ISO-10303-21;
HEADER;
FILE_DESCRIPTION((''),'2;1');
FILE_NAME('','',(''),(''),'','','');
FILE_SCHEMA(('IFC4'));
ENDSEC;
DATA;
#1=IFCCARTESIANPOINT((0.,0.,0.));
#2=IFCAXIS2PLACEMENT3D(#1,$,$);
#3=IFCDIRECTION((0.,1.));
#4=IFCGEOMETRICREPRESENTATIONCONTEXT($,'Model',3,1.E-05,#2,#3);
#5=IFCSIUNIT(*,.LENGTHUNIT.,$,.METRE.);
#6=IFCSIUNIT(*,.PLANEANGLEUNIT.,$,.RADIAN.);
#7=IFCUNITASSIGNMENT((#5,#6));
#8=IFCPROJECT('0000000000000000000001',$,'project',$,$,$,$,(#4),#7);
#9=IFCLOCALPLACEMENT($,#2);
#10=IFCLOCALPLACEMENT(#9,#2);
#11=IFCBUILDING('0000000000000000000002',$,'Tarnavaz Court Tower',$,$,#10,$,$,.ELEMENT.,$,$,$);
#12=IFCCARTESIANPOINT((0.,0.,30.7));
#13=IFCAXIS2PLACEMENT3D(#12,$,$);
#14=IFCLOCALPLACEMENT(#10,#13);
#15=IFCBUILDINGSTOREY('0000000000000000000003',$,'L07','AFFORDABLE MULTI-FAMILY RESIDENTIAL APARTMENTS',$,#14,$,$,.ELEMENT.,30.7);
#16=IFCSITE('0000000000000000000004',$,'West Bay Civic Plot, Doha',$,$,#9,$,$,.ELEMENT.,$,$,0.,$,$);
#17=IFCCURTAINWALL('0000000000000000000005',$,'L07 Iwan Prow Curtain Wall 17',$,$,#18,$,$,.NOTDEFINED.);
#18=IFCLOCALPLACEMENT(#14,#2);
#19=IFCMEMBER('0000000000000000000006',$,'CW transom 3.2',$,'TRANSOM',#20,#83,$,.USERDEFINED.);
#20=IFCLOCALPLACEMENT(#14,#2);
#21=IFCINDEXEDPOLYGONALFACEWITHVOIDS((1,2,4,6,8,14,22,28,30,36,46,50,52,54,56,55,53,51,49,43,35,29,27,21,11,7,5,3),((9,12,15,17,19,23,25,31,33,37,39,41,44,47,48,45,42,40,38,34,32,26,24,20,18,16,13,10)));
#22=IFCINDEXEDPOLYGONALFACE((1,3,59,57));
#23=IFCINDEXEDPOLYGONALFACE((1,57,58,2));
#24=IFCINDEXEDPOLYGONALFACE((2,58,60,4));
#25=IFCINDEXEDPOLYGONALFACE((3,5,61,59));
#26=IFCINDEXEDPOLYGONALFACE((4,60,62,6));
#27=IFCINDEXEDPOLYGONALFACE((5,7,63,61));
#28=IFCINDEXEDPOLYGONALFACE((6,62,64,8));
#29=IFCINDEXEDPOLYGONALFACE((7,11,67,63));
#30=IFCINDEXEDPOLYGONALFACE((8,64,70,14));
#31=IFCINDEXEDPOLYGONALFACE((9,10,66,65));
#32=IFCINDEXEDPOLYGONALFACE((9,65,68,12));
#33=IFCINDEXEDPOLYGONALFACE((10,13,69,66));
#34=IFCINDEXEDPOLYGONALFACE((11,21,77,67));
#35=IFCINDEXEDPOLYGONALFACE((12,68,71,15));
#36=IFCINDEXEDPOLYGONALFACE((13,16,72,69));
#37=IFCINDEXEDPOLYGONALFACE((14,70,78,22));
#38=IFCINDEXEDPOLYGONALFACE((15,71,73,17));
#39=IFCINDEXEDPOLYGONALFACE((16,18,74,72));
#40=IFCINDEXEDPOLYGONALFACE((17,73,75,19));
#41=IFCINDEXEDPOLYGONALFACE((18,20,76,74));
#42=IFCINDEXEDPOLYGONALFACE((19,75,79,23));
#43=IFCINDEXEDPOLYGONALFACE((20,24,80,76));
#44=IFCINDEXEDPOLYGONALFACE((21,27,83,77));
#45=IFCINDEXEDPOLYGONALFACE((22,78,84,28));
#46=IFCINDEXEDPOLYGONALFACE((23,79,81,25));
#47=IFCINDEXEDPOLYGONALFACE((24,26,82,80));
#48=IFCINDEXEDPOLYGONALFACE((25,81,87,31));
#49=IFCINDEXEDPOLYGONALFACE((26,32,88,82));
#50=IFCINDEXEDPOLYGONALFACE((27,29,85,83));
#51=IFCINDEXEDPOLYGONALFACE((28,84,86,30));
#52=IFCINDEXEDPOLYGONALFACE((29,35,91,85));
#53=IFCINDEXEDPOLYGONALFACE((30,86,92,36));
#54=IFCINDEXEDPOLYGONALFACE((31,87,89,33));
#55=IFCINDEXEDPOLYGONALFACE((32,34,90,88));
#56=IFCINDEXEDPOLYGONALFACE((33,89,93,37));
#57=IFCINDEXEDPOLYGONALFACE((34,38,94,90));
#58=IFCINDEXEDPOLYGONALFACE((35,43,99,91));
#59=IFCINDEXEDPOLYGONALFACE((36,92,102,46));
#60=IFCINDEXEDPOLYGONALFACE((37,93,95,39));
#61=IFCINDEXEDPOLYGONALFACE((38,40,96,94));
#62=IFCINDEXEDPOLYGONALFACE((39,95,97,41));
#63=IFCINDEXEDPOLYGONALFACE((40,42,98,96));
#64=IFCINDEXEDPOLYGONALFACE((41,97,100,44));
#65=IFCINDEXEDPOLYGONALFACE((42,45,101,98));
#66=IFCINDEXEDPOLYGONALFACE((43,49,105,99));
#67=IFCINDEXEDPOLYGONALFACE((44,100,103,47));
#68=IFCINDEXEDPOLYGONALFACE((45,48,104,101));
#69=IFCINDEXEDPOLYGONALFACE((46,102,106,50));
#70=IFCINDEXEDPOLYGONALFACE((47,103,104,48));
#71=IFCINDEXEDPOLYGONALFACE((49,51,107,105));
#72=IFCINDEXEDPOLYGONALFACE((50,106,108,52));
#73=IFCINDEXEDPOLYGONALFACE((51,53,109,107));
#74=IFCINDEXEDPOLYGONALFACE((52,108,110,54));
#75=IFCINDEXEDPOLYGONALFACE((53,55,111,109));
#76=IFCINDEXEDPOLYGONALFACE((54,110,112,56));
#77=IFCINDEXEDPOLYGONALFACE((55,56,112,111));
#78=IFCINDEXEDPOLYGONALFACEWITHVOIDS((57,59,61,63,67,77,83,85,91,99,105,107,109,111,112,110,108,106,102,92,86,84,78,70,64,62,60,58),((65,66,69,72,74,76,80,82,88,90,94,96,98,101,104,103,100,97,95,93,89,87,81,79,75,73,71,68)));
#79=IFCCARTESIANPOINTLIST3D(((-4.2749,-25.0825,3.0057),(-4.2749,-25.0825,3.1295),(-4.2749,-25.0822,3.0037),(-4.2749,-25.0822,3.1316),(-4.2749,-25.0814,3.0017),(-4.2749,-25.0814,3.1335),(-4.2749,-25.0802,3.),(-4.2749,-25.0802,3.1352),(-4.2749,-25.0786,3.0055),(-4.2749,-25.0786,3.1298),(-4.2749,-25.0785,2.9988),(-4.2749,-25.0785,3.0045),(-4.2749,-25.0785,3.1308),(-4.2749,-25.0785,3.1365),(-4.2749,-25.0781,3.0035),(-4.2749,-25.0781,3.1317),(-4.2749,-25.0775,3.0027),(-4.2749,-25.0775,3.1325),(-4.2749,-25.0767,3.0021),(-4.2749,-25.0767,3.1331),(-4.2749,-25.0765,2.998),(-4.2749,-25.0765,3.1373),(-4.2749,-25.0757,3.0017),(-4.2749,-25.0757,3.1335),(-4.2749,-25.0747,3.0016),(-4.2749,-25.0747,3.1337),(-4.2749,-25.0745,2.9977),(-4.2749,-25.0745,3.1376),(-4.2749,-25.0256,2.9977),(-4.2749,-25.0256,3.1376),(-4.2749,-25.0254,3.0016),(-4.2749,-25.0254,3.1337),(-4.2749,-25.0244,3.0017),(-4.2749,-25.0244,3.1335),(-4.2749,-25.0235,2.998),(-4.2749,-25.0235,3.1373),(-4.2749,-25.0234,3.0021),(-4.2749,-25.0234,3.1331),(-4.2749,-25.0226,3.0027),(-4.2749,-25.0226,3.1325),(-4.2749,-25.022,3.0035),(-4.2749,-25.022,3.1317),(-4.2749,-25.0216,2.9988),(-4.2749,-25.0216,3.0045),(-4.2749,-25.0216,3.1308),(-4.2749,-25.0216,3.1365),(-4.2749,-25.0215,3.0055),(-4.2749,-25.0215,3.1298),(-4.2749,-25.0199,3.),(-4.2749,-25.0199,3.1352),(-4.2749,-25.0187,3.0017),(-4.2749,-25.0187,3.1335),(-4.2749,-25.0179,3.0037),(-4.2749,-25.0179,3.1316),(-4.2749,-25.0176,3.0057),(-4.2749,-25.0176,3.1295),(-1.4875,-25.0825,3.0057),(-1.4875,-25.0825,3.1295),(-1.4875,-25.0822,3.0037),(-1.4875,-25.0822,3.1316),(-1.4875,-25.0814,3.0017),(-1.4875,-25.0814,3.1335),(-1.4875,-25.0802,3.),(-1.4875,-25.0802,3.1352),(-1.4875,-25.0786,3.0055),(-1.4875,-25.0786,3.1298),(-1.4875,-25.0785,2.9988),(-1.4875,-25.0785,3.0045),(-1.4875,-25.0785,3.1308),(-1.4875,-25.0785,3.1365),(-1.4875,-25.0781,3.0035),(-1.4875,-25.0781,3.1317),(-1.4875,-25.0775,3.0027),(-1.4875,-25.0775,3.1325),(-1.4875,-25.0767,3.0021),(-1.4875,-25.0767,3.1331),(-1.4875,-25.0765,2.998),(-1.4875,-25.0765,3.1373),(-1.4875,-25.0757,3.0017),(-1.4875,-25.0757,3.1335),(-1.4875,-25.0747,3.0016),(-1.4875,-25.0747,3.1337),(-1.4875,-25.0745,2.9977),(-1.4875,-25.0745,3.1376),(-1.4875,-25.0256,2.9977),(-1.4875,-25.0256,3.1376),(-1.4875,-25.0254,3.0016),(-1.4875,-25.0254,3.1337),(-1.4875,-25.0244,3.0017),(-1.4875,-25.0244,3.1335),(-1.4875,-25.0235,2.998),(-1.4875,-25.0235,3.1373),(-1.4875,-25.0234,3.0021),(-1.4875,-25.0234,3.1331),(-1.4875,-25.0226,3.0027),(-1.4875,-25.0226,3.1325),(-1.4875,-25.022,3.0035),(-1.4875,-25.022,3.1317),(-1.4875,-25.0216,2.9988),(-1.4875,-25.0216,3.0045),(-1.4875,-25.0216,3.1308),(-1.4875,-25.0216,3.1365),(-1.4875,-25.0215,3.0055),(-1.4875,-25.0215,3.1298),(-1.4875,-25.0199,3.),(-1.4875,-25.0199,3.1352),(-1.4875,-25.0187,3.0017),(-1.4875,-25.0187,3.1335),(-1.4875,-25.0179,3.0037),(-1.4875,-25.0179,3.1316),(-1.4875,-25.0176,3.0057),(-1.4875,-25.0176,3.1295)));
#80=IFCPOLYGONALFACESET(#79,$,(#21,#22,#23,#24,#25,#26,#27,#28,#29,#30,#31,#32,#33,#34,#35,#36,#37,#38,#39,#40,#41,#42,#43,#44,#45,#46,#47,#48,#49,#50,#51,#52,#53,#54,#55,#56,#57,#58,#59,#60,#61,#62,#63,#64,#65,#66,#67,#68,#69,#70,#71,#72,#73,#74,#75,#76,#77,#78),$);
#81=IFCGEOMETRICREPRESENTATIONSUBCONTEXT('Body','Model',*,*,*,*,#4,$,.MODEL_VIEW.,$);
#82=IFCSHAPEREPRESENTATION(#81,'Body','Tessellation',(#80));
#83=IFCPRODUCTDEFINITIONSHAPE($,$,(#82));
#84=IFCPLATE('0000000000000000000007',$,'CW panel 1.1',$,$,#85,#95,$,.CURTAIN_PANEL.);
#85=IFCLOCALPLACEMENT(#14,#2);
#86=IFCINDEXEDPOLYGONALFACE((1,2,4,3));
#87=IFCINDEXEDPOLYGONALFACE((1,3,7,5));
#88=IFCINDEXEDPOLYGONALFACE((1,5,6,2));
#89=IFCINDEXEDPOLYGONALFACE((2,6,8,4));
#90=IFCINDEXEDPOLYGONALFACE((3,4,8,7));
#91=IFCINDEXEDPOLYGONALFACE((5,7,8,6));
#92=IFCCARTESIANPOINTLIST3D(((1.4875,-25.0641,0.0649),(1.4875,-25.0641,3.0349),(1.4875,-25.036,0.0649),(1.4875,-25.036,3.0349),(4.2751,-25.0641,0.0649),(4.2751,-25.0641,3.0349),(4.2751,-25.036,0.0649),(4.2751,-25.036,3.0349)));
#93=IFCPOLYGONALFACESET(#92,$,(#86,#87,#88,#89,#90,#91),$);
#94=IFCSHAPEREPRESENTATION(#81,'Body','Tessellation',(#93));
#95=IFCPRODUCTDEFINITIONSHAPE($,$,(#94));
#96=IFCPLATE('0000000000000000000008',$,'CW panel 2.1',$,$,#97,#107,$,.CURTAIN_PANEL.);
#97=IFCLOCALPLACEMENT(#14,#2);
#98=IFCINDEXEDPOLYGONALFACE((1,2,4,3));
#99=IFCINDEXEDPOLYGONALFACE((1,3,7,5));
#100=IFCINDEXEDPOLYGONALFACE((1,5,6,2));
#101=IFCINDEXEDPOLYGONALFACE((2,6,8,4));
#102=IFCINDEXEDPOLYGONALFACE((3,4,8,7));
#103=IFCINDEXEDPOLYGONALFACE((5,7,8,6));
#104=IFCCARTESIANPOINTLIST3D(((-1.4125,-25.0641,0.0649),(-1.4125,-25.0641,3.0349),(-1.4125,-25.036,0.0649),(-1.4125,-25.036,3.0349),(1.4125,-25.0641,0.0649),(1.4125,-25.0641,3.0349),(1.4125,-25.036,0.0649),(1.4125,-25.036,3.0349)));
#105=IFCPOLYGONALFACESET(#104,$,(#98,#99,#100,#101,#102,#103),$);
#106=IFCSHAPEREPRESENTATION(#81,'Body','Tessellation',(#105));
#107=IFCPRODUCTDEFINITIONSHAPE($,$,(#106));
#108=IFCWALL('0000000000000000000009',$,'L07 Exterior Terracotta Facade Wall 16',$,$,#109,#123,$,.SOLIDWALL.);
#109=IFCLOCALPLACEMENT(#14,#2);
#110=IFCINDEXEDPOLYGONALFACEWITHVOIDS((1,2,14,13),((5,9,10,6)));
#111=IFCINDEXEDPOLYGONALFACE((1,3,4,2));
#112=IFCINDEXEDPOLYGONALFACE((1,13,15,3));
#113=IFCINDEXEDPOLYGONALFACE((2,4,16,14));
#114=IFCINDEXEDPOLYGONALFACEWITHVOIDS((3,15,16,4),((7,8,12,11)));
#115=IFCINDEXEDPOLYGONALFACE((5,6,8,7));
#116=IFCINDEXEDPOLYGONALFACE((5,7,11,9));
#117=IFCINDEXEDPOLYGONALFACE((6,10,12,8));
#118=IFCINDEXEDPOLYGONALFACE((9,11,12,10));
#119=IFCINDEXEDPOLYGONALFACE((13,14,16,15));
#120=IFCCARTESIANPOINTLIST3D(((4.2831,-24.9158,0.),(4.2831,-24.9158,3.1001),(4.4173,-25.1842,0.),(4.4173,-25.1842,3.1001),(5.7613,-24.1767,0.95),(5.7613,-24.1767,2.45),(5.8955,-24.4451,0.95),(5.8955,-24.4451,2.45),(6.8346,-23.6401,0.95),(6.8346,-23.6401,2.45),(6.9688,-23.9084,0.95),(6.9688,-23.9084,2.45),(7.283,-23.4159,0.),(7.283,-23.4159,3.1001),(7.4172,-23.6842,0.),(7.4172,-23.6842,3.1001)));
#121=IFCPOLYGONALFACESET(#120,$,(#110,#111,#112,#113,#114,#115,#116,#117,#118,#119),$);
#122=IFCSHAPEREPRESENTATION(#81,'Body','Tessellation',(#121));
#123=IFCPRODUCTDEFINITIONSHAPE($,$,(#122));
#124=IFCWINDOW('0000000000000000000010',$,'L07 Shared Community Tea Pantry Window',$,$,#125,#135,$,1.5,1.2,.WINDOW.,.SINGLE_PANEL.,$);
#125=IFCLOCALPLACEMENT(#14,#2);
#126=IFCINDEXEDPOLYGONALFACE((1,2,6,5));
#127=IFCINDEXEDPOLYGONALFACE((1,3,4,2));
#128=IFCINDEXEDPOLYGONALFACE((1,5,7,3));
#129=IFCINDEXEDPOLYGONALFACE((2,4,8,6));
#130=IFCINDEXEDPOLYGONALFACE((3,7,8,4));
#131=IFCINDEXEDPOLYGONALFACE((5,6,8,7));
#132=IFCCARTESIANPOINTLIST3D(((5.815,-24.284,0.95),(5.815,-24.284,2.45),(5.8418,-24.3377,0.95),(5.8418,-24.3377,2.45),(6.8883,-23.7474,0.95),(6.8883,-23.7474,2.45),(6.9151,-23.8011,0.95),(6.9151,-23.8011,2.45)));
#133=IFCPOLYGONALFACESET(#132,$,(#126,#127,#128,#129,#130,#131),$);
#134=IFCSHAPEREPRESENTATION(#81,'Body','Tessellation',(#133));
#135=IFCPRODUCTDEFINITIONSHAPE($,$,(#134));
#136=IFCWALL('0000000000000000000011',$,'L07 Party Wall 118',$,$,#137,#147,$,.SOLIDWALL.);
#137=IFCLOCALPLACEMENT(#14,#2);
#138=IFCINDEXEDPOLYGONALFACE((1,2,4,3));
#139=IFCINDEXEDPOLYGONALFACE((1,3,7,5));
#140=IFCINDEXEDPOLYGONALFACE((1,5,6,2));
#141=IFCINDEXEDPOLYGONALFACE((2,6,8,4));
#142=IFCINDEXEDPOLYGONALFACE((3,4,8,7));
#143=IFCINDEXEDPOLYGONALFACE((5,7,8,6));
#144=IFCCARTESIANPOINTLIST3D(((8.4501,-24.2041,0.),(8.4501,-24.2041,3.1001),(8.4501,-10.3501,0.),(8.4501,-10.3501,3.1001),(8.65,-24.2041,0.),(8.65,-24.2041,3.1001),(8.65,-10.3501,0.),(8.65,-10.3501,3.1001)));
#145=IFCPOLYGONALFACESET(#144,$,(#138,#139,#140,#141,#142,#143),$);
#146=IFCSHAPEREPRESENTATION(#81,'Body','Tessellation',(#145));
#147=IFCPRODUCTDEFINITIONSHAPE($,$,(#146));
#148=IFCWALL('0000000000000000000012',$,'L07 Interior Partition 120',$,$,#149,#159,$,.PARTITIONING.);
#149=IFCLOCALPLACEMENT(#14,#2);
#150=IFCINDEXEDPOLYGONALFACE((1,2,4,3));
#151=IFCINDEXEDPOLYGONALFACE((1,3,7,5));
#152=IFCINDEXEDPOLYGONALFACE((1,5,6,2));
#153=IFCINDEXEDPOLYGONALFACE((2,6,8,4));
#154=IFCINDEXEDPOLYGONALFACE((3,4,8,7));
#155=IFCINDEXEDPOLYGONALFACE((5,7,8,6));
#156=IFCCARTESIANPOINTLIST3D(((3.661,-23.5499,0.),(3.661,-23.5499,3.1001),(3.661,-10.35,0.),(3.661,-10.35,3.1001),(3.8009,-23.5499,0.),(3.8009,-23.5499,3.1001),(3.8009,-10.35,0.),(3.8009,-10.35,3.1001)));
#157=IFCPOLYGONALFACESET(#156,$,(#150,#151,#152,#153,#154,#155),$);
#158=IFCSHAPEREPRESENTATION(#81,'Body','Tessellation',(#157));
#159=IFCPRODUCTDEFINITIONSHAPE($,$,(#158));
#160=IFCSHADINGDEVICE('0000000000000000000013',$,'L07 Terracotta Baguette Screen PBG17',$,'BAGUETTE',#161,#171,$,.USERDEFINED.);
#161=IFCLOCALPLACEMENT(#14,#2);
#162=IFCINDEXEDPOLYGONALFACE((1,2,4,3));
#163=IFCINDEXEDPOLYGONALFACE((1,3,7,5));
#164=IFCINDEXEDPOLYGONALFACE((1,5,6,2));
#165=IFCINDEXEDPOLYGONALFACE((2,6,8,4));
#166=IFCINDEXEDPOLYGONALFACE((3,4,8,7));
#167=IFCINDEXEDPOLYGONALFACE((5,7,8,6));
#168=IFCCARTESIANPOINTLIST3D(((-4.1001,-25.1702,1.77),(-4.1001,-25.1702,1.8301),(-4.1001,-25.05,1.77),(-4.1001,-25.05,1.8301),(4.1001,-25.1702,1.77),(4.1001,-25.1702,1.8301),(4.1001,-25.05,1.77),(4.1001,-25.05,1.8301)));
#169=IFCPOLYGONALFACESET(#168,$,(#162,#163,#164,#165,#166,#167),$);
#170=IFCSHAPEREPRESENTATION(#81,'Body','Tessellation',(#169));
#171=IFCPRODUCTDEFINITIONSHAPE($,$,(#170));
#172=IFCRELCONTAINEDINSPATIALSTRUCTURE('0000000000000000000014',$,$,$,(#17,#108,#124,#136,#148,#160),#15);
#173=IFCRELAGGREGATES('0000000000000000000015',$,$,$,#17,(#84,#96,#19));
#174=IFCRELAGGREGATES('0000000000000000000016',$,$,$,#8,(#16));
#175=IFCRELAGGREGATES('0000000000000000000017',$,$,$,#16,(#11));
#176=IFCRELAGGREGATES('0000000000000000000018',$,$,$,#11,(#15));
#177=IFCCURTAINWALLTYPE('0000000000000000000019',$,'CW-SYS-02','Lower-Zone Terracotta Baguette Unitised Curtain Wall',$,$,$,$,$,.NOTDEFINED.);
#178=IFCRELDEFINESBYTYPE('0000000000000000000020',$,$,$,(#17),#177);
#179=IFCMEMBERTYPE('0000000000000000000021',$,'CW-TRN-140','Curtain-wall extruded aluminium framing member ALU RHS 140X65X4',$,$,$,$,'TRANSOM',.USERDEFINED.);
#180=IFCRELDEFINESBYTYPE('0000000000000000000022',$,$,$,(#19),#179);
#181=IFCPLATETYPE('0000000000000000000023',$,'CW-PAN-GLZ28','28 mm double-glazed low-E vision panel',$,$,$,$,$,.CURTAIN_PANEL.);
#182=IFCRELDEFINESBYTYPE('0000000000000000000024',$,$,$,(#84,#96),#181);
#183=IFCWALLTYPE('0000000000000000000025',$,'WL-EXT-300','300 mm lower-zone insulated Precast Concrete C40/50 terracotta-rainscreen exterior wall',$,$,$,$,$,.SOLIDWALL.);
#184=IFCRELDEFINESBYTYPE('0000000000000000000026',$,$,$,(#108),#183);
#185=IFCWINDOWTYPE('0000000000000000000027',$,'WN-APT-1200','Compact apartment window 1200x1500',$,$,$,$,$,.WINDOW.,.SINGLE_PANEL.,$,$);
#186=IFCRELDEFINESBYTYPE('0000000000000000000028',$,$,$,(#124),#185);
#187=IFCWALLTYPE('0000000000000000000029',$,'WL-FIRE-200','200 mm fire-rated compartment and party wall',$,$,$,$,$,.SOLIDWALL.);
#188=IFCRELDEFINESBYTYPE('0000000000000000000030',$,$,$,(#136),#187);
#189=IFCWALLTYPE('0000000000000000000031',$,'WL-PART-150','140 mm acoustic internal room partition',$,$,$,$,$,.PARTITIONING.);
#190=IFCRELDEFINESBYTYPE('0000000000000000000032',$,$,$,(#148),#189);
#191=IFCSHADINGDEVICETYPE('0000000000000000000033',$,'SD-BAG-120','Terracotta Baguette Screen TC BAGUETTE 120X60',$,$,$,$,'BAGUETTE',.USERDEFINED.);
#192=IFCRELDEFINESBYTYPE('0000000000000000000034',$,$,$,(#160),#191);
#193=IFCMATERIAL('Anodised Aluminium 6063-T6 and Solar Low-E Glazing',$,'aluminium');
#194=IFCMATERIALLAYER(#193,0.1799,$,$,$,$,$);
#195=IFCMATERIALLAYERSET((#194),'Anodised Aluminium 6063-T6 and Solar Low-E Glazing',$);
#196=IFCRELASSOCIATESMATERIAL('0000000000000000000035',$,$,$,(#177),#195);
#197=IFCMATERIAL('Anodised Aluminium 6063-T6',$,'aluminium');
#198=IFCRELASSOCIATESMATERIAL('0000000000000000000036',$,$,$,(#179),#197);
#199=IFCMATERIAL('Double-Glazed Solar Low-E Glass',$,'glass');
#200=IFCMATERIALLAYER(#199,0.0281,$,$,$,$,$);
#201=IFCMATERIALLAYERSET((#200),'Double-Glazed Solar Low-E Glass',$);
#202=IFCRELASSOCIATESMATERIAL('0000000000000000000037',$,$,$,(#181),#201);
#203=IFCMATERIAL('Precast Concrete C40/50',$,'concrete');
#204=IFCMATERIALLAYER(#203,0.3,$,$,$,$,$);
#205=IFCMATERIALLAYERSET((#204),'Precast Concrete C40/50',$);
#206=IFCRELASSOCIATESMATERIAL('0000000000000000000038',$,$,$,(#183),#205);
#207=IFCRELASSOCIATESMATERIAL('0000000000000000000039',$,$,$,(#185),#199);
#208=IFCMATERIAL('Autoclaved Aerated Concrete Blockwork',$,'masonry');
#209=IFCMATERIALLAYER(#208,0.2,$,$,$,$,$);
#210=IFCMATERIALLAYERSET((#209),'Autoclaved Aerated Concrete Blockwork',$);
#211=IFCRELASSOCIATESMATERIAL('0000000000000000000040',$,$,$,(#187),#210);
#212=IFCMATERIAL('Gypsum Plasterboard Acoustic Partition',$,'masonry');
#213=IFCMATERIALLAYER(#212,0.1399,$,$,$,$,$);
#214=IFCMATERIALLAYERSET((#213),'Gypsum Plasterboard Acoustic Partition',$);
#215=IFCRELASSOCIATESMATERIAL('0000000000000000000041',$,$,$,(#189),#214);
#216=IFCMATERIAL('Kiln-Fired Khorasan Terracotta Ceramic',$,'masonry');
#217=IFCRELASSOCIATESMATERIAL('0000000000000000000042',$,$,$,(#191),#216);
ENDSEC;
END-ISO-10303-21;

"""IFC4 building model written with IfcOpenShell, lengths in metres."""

from ifc_helpers import new_model, si_unit, direction, frame, frame_2d, origin, origin_2d, place, context, subcontext, project, spatial, rectangle, hollow_rectangle, extrude, material, layer, layer_set, material_profile, profile_set, type_object, element, fill, aggregate, save


model = new_model("IFC4")

# Units and contexts
model_context = context("Model", 3, precision=1e-05, world=origin(), true_north=direction((0.0, 1.0)))
body_context = subcontext(model_context, "Body", "Model", "MODEL_VIEW")
ifc_project = project(units=[si_unit("LENGTHUNIT", "METRE"), si_unit("PLANEANGLEUNIT", "RADIAN")], contexts=[model_context])

# Site, building, storey
site_placement = place(None, origin())
site = spatial("IfcSite", under=ifc_project, at=site_placement, Name="West Bay Civic Plot, Doha", CompositionType="ELEMENT", RefElevation=0.0)
building_placement = place(site_placement, origin())
building = spatial("IfcBuilding", under=site, at=building_placement, Name="Tarnavaz Court Tower", CompositionType="ELEMENT")
storey_placement = place(building_placement, frame((0.0, 0.0, 30.7)))
storey = spatial("IfcBuildingStorey", under=building, at=storey_placement, Name="L07", Description="AFFORDABLE MULTI-FAMILY RESIDENTIAL APARTMENTS", CompositionType="ELEMENT", Elevation=30.7)

# Curtain wall, member, plates
ifc_material_1 = material(Name="Anodised Aluminium 6063-T6 and Solar Low-E Glazing", Category="aluminium")
ifc_layer_1 = layer(ifc_material_1, 0.1799)
ifc_layer_set_1 = layer_set([ifc_layer_1], Name="Anodised Aluminium 6063-T6 and Solar Low-E Glazing")
curtain_wall_type = type_object("IfcCurtainWallType", Name="CW-SYS-02", Description="Lower-Zone Terracotta Baguette Unitised Curtain Wall", PredefinedType="NOTDEFINED", material=ifc_layer_set_1)
curtain_wall_placement = place(storey_placement, origin())
curtain_wall = element("IfcCurtainWall", 1, at=curtain_wall_placement, inside=storey, type_object=curtain_wall_type, Name="L07 Iwan Prow Curtain Wall 17", PredefinedType="NOTDEFINED")
ifc_material_2 = material(Name="Anodised Aluminium 6063-T6", Category="aluminium")
ifc_material_profile_1 = material_profile(ifc_material_2, hollow_rectangle(XDim=0.0649, YDim=0.1399, WallThickness=0.0039, InnerFilletRadius=0.0039, OuterFilletRadius=0.0081, at=origin_2d()), Name="ALU RHS 140X65X4")
ifc_profile_set_1 = profile_set([ifc_material_profile_1], Name="Anodised Aluminium 6063-T6")
member_type_1 = type_object("IfcMemberType", Name="CW-TRN-140", Description="Curtain-wall extruded aluminium framing member ALU RHS 140X65X4", ElementType="TRANSOM", PredefinedType="USERDEFINED", material=ifc_profile_set_1)
member_1_placement = place(storey_placement, frame((-1.4875, -25.05, 3.0676), z_axis=(-1.0, 0.0, 0.0), x_axis=(0.0, -1.0, 0.0)))
member_1 = element("IfcMember", 2, at=member_1_placement, type_object=member_type_1, Name="CW transom 3.2", ObjectType="TRANSOM", PredefinedType="USERDEFINED", context=body_context, shape_type="SweptSolid", body=[
    extrude(hollow_rectangle(XDim=0.0649, YDim=0.1399, WallThickness=0.0039, InnerFilletRadius=0.0039, OuterFilletRadius=0.0081, at=origin_2d()), origin(), (0.0, 0.0, 1.0), 2.7874),
])
ifc_material_3 = material(Name="Double-Glazed Solar Low-E Glass", Category="glass")
ifc_layer_2 = layer(ifc_material_3, 0.0281)
ifc_layer_set_2 = layer_set([ifc_layer_2], Name="Double-Glazed Solar Low-E Glass")
plate_type = type_object("IfcPlateType", Name="CW-PAN-GLZ28", Description="28 mm double-glazed low-E vision panel", PredefinedType="CURTAIN_PANEL", material=ifc_layer_set_2)
plate_1_placement = place(storey_placement, frame((2.8813, -25.05, 0.0649), z_axis=(0.0, 0.0, 1.0), x_axis=(-1.0, 0.0, 0.0)))
plate_1 = element("IfcPlate", 3, at=plate_1_placement, type_object=plate_type, Name="CW panel 1.1", PredefinedType="CURTAIN_PANEL", context=body_context, shape_type="SweptSolid", body=[
    extrude(rectangle(XDim=2.7876, YDim=0.0281, at=origin_2d()), origin(), (0.0, 0.0, 1.0), 2.97),
])
plate_2_placement = place(storey_placement, frame((0.0, -25.05, 0.0649), z_axis=(0.0, 0.0, 1.0), x_axis=(-1.0, 0.0, 0.0)))
plate_2 = element("IfcPlate", 4, at=plate_2_placement, type_object=plate_type, Name="CW panel 2.1", PredefinedType="CURTAIN_PANEL", context=body_context, shape_type="SweptSolid", body=[
    extrude(rectangle(XDim=2.825, YDim=0.0281, at=origin_2d()), origin(), (0.0, 0.0, 1.0), 2.97),
])
aggregate(curtain_wall, [plate_1, plate_2, member_1])

# Wall, opening, window
ifc_material_4 = material(Name="Precast Concrete C40/50", Category="concrete")
ifc_layer_3 = layer(ifc_material_4, 0.3)
ifc_layer_set_3 = layer_set([ifc_layer_3], Name="Precast Concrete C40/50")
wall_type_1 = type_object("IfcWallType", Name="WL-EXT-300", Description="300 mm lower-zone insulated Precast Concrete C40/50 terracotta-rainscreen exterior wall", PredefinedType="SOLIDWALL", material=ifc_layer_set_3)
wall_1_placement = place(storey_placement, frame((7.3501, -23.55, 0.0), z_axis=(0.0, 0.0, 1.0), x_axis=(-0.894427, -0.447214, 0.0)))
wall_1 = element("IfcWall", 5, at=wall_1_placement, inside=storey, type_object=wall_type_1, Name="L07 Exterior Terracotta Facade Wall 16", PredefinedType="SOLIDWALL", context=body_context, shape_type="SweptSolid", body=[
    extrude(rectangle(XDim=3.354, YDim=0.3, at=frame_2d((1.677, 0.0))), origin(), (0.0, 0.0, 1.0), 3.1001),
])
opening_placement = place(wall_1_placement, frame((0.5012, 0.0, 0.95)))
opening = element("IfcOpeningElement", 6, at=opening_placement, cuts=wall_1, PredefinedType="OPENING", context=body_context, shape_type="SweptSolid", body=[
    extrude(rectangle(XDim=1.2, YDim=1.5, at=frame_2d((0.6001, 0.75))), frame((0.0, 0.1599, 0.0), z_axis=(0.0, -1.0, 0.0), x_axis=(1.0, 0.0, 0.0)), (0.0, 0.0, 1.0), 0.3201),
])
window_type = type_object("IfcWindowType", Name="WN-APT-1200", Description="Compact apartment window 1200x1500", PartitioningType="SINGLE_PANEL", PredefinedType="WINDOW", material=ifc_material_3)
window_placement = place(opening_placement, origin())
window = element("IfcWindow", 7, at=window_placement, inside=storey, type_object=window_type, Name="L07 Shared Community Tea Pantry Window", OverallHeight=1.5, OverallWidth=1.2, PartitioningType="SINGLE_PANEL", PredefinedType="WINDOW", context=body_context, shape_type="SweptSolid", body=[
    extrude(rectangle(XDim=1.2, YDim=1.5, at=frame_2d((0.6001, 0.75))), frame((0.0, 0.03, 0.0), z_axis=(0.0, -1.0, 0.0), x_axis=(1.0, 0.0, 0.0)), (0.0, 0.0, 1.0), 0.0601),
])
fill(opening, window)

# Walls
ifc_material_5 = material(Name="Autoclaved Aerated Concrete Blockwork", Category="masonry")
ifc_layer_4 = layer(ifc_material_5, 0.2)
ifc_layer_set_4 = layer_set([ifc_layer_4], Name="Autoclaved Aerated Concrete Blockwork")
wall_type_2 = type_object("IfcWallType", Name="WL-FIRE-200", Description="200 mm fire-rated compartment and party wall", PredefinedType="SOLIDWALL", material=ifc_layer_set_4)
wall_2_placement = place(storey_placement, frame((8.55, -24.2041, 0.0), z_axis=(0.0, 0.0, 1.0), x_axis=(0.0, 1.0, 0.0)))
element("IfcWall", 8, at=wall_2_placement, inside=storey, type_object=wall_type_2, Name="L07 Party Wall 118", PredefinedType="SOLIDWALL", context=body_context, shape_type="SweptSolid", body=[
    extrude(rectangle(XDim=13.854, YDim=0.2, at=frame_2d((6.927, 0.0))), origin(), (0.0, 0.0, 1.0), 3.1001),
])
ifc_material_6 = material(Name="Gypsum Plasterboard Acoustic Partition", Category="masonry")
ifc_layer_5 = layer(ifc_material_6, 0.1399)
ifc_layer_set_5 = layer_set([ifc_layer_5], Name="Gypsum Plasterboard Acoustic Partition")
wall_type_3 = type_object("IfcWallType", Name="WL-PART-150", Description="140 mm acoustic internal room partition", PredefinedType="PARTITIONING", material=ifc_layer_set_5)
wall_3_placement = place(storey_placement, frame((3.731, -23.55, 0.0), z_axis=(0.0, 0.0, 1.0), x_axis=(0.0, 1.0, 0.0)))
element("IfcWall", 9, at=wall_3_placement, inside=storey, type_object=wall_type_3, Name="L07 Interior Partition 120", PredefinedType="PARTITIONING", context=body_context, shape_type="SweptSolid", body=[
    extrude(rectangle(XDim=13.2, YDim=0.1399, at=frame_2d((6.6001, 0.0))), origin(), (0.0, 0.0, 1.0), 3.1001),
])

# Shading device
ifc_material_7 = material(Name="Kiln-Fired Khorasan Terracotta Ceramic", Category="masonry")
ifc_material_profile_2 = material_profile(ifc_material_7, rectangle(XDim=0.1201, YDim=0.0601, at=origin_2d()), Name="TC BAGUETTE 120X60")
ifc_profile_set_2 = profile_set([ifc_material_profile_2], Name="Kiln-Fired Khorasan Terracotta Ceramic")
shading_device_type = type_object("IfcShadingDeviceType", Name="SD-BAG-120", Description="Terracotta Baguette Screen TC BAGUETTE 120X60", ElementType="BAGUETTE", PredefinedType="USERDEFINED", material=ifc_profile_set_2)
shading_device_placement = place(storey_placement, frame((4.1001, -25.1101, 1.8), z_axis=(-1.0, 0.0, 0.0), x_axis=(0.0, -1.0, 0.0)))
element("IfcShadingDevice", 10, at=shading_device_placement, inside=storey, type_object=shading_device_type, Name="L07 Terracotta Baguette Screen PBG17", ObjectType="BAGUETTE", PredefinedType="USERDEFINED", context=body_context, shape_type="SweptSolid", body=[
    extrude(rectangle(XDim=0.1201, YDim=0.0601, at=origin_2d()), origin(), (0.0, 0.0, 1.0), 8.2002),
])

save(model, "model.ifc")
